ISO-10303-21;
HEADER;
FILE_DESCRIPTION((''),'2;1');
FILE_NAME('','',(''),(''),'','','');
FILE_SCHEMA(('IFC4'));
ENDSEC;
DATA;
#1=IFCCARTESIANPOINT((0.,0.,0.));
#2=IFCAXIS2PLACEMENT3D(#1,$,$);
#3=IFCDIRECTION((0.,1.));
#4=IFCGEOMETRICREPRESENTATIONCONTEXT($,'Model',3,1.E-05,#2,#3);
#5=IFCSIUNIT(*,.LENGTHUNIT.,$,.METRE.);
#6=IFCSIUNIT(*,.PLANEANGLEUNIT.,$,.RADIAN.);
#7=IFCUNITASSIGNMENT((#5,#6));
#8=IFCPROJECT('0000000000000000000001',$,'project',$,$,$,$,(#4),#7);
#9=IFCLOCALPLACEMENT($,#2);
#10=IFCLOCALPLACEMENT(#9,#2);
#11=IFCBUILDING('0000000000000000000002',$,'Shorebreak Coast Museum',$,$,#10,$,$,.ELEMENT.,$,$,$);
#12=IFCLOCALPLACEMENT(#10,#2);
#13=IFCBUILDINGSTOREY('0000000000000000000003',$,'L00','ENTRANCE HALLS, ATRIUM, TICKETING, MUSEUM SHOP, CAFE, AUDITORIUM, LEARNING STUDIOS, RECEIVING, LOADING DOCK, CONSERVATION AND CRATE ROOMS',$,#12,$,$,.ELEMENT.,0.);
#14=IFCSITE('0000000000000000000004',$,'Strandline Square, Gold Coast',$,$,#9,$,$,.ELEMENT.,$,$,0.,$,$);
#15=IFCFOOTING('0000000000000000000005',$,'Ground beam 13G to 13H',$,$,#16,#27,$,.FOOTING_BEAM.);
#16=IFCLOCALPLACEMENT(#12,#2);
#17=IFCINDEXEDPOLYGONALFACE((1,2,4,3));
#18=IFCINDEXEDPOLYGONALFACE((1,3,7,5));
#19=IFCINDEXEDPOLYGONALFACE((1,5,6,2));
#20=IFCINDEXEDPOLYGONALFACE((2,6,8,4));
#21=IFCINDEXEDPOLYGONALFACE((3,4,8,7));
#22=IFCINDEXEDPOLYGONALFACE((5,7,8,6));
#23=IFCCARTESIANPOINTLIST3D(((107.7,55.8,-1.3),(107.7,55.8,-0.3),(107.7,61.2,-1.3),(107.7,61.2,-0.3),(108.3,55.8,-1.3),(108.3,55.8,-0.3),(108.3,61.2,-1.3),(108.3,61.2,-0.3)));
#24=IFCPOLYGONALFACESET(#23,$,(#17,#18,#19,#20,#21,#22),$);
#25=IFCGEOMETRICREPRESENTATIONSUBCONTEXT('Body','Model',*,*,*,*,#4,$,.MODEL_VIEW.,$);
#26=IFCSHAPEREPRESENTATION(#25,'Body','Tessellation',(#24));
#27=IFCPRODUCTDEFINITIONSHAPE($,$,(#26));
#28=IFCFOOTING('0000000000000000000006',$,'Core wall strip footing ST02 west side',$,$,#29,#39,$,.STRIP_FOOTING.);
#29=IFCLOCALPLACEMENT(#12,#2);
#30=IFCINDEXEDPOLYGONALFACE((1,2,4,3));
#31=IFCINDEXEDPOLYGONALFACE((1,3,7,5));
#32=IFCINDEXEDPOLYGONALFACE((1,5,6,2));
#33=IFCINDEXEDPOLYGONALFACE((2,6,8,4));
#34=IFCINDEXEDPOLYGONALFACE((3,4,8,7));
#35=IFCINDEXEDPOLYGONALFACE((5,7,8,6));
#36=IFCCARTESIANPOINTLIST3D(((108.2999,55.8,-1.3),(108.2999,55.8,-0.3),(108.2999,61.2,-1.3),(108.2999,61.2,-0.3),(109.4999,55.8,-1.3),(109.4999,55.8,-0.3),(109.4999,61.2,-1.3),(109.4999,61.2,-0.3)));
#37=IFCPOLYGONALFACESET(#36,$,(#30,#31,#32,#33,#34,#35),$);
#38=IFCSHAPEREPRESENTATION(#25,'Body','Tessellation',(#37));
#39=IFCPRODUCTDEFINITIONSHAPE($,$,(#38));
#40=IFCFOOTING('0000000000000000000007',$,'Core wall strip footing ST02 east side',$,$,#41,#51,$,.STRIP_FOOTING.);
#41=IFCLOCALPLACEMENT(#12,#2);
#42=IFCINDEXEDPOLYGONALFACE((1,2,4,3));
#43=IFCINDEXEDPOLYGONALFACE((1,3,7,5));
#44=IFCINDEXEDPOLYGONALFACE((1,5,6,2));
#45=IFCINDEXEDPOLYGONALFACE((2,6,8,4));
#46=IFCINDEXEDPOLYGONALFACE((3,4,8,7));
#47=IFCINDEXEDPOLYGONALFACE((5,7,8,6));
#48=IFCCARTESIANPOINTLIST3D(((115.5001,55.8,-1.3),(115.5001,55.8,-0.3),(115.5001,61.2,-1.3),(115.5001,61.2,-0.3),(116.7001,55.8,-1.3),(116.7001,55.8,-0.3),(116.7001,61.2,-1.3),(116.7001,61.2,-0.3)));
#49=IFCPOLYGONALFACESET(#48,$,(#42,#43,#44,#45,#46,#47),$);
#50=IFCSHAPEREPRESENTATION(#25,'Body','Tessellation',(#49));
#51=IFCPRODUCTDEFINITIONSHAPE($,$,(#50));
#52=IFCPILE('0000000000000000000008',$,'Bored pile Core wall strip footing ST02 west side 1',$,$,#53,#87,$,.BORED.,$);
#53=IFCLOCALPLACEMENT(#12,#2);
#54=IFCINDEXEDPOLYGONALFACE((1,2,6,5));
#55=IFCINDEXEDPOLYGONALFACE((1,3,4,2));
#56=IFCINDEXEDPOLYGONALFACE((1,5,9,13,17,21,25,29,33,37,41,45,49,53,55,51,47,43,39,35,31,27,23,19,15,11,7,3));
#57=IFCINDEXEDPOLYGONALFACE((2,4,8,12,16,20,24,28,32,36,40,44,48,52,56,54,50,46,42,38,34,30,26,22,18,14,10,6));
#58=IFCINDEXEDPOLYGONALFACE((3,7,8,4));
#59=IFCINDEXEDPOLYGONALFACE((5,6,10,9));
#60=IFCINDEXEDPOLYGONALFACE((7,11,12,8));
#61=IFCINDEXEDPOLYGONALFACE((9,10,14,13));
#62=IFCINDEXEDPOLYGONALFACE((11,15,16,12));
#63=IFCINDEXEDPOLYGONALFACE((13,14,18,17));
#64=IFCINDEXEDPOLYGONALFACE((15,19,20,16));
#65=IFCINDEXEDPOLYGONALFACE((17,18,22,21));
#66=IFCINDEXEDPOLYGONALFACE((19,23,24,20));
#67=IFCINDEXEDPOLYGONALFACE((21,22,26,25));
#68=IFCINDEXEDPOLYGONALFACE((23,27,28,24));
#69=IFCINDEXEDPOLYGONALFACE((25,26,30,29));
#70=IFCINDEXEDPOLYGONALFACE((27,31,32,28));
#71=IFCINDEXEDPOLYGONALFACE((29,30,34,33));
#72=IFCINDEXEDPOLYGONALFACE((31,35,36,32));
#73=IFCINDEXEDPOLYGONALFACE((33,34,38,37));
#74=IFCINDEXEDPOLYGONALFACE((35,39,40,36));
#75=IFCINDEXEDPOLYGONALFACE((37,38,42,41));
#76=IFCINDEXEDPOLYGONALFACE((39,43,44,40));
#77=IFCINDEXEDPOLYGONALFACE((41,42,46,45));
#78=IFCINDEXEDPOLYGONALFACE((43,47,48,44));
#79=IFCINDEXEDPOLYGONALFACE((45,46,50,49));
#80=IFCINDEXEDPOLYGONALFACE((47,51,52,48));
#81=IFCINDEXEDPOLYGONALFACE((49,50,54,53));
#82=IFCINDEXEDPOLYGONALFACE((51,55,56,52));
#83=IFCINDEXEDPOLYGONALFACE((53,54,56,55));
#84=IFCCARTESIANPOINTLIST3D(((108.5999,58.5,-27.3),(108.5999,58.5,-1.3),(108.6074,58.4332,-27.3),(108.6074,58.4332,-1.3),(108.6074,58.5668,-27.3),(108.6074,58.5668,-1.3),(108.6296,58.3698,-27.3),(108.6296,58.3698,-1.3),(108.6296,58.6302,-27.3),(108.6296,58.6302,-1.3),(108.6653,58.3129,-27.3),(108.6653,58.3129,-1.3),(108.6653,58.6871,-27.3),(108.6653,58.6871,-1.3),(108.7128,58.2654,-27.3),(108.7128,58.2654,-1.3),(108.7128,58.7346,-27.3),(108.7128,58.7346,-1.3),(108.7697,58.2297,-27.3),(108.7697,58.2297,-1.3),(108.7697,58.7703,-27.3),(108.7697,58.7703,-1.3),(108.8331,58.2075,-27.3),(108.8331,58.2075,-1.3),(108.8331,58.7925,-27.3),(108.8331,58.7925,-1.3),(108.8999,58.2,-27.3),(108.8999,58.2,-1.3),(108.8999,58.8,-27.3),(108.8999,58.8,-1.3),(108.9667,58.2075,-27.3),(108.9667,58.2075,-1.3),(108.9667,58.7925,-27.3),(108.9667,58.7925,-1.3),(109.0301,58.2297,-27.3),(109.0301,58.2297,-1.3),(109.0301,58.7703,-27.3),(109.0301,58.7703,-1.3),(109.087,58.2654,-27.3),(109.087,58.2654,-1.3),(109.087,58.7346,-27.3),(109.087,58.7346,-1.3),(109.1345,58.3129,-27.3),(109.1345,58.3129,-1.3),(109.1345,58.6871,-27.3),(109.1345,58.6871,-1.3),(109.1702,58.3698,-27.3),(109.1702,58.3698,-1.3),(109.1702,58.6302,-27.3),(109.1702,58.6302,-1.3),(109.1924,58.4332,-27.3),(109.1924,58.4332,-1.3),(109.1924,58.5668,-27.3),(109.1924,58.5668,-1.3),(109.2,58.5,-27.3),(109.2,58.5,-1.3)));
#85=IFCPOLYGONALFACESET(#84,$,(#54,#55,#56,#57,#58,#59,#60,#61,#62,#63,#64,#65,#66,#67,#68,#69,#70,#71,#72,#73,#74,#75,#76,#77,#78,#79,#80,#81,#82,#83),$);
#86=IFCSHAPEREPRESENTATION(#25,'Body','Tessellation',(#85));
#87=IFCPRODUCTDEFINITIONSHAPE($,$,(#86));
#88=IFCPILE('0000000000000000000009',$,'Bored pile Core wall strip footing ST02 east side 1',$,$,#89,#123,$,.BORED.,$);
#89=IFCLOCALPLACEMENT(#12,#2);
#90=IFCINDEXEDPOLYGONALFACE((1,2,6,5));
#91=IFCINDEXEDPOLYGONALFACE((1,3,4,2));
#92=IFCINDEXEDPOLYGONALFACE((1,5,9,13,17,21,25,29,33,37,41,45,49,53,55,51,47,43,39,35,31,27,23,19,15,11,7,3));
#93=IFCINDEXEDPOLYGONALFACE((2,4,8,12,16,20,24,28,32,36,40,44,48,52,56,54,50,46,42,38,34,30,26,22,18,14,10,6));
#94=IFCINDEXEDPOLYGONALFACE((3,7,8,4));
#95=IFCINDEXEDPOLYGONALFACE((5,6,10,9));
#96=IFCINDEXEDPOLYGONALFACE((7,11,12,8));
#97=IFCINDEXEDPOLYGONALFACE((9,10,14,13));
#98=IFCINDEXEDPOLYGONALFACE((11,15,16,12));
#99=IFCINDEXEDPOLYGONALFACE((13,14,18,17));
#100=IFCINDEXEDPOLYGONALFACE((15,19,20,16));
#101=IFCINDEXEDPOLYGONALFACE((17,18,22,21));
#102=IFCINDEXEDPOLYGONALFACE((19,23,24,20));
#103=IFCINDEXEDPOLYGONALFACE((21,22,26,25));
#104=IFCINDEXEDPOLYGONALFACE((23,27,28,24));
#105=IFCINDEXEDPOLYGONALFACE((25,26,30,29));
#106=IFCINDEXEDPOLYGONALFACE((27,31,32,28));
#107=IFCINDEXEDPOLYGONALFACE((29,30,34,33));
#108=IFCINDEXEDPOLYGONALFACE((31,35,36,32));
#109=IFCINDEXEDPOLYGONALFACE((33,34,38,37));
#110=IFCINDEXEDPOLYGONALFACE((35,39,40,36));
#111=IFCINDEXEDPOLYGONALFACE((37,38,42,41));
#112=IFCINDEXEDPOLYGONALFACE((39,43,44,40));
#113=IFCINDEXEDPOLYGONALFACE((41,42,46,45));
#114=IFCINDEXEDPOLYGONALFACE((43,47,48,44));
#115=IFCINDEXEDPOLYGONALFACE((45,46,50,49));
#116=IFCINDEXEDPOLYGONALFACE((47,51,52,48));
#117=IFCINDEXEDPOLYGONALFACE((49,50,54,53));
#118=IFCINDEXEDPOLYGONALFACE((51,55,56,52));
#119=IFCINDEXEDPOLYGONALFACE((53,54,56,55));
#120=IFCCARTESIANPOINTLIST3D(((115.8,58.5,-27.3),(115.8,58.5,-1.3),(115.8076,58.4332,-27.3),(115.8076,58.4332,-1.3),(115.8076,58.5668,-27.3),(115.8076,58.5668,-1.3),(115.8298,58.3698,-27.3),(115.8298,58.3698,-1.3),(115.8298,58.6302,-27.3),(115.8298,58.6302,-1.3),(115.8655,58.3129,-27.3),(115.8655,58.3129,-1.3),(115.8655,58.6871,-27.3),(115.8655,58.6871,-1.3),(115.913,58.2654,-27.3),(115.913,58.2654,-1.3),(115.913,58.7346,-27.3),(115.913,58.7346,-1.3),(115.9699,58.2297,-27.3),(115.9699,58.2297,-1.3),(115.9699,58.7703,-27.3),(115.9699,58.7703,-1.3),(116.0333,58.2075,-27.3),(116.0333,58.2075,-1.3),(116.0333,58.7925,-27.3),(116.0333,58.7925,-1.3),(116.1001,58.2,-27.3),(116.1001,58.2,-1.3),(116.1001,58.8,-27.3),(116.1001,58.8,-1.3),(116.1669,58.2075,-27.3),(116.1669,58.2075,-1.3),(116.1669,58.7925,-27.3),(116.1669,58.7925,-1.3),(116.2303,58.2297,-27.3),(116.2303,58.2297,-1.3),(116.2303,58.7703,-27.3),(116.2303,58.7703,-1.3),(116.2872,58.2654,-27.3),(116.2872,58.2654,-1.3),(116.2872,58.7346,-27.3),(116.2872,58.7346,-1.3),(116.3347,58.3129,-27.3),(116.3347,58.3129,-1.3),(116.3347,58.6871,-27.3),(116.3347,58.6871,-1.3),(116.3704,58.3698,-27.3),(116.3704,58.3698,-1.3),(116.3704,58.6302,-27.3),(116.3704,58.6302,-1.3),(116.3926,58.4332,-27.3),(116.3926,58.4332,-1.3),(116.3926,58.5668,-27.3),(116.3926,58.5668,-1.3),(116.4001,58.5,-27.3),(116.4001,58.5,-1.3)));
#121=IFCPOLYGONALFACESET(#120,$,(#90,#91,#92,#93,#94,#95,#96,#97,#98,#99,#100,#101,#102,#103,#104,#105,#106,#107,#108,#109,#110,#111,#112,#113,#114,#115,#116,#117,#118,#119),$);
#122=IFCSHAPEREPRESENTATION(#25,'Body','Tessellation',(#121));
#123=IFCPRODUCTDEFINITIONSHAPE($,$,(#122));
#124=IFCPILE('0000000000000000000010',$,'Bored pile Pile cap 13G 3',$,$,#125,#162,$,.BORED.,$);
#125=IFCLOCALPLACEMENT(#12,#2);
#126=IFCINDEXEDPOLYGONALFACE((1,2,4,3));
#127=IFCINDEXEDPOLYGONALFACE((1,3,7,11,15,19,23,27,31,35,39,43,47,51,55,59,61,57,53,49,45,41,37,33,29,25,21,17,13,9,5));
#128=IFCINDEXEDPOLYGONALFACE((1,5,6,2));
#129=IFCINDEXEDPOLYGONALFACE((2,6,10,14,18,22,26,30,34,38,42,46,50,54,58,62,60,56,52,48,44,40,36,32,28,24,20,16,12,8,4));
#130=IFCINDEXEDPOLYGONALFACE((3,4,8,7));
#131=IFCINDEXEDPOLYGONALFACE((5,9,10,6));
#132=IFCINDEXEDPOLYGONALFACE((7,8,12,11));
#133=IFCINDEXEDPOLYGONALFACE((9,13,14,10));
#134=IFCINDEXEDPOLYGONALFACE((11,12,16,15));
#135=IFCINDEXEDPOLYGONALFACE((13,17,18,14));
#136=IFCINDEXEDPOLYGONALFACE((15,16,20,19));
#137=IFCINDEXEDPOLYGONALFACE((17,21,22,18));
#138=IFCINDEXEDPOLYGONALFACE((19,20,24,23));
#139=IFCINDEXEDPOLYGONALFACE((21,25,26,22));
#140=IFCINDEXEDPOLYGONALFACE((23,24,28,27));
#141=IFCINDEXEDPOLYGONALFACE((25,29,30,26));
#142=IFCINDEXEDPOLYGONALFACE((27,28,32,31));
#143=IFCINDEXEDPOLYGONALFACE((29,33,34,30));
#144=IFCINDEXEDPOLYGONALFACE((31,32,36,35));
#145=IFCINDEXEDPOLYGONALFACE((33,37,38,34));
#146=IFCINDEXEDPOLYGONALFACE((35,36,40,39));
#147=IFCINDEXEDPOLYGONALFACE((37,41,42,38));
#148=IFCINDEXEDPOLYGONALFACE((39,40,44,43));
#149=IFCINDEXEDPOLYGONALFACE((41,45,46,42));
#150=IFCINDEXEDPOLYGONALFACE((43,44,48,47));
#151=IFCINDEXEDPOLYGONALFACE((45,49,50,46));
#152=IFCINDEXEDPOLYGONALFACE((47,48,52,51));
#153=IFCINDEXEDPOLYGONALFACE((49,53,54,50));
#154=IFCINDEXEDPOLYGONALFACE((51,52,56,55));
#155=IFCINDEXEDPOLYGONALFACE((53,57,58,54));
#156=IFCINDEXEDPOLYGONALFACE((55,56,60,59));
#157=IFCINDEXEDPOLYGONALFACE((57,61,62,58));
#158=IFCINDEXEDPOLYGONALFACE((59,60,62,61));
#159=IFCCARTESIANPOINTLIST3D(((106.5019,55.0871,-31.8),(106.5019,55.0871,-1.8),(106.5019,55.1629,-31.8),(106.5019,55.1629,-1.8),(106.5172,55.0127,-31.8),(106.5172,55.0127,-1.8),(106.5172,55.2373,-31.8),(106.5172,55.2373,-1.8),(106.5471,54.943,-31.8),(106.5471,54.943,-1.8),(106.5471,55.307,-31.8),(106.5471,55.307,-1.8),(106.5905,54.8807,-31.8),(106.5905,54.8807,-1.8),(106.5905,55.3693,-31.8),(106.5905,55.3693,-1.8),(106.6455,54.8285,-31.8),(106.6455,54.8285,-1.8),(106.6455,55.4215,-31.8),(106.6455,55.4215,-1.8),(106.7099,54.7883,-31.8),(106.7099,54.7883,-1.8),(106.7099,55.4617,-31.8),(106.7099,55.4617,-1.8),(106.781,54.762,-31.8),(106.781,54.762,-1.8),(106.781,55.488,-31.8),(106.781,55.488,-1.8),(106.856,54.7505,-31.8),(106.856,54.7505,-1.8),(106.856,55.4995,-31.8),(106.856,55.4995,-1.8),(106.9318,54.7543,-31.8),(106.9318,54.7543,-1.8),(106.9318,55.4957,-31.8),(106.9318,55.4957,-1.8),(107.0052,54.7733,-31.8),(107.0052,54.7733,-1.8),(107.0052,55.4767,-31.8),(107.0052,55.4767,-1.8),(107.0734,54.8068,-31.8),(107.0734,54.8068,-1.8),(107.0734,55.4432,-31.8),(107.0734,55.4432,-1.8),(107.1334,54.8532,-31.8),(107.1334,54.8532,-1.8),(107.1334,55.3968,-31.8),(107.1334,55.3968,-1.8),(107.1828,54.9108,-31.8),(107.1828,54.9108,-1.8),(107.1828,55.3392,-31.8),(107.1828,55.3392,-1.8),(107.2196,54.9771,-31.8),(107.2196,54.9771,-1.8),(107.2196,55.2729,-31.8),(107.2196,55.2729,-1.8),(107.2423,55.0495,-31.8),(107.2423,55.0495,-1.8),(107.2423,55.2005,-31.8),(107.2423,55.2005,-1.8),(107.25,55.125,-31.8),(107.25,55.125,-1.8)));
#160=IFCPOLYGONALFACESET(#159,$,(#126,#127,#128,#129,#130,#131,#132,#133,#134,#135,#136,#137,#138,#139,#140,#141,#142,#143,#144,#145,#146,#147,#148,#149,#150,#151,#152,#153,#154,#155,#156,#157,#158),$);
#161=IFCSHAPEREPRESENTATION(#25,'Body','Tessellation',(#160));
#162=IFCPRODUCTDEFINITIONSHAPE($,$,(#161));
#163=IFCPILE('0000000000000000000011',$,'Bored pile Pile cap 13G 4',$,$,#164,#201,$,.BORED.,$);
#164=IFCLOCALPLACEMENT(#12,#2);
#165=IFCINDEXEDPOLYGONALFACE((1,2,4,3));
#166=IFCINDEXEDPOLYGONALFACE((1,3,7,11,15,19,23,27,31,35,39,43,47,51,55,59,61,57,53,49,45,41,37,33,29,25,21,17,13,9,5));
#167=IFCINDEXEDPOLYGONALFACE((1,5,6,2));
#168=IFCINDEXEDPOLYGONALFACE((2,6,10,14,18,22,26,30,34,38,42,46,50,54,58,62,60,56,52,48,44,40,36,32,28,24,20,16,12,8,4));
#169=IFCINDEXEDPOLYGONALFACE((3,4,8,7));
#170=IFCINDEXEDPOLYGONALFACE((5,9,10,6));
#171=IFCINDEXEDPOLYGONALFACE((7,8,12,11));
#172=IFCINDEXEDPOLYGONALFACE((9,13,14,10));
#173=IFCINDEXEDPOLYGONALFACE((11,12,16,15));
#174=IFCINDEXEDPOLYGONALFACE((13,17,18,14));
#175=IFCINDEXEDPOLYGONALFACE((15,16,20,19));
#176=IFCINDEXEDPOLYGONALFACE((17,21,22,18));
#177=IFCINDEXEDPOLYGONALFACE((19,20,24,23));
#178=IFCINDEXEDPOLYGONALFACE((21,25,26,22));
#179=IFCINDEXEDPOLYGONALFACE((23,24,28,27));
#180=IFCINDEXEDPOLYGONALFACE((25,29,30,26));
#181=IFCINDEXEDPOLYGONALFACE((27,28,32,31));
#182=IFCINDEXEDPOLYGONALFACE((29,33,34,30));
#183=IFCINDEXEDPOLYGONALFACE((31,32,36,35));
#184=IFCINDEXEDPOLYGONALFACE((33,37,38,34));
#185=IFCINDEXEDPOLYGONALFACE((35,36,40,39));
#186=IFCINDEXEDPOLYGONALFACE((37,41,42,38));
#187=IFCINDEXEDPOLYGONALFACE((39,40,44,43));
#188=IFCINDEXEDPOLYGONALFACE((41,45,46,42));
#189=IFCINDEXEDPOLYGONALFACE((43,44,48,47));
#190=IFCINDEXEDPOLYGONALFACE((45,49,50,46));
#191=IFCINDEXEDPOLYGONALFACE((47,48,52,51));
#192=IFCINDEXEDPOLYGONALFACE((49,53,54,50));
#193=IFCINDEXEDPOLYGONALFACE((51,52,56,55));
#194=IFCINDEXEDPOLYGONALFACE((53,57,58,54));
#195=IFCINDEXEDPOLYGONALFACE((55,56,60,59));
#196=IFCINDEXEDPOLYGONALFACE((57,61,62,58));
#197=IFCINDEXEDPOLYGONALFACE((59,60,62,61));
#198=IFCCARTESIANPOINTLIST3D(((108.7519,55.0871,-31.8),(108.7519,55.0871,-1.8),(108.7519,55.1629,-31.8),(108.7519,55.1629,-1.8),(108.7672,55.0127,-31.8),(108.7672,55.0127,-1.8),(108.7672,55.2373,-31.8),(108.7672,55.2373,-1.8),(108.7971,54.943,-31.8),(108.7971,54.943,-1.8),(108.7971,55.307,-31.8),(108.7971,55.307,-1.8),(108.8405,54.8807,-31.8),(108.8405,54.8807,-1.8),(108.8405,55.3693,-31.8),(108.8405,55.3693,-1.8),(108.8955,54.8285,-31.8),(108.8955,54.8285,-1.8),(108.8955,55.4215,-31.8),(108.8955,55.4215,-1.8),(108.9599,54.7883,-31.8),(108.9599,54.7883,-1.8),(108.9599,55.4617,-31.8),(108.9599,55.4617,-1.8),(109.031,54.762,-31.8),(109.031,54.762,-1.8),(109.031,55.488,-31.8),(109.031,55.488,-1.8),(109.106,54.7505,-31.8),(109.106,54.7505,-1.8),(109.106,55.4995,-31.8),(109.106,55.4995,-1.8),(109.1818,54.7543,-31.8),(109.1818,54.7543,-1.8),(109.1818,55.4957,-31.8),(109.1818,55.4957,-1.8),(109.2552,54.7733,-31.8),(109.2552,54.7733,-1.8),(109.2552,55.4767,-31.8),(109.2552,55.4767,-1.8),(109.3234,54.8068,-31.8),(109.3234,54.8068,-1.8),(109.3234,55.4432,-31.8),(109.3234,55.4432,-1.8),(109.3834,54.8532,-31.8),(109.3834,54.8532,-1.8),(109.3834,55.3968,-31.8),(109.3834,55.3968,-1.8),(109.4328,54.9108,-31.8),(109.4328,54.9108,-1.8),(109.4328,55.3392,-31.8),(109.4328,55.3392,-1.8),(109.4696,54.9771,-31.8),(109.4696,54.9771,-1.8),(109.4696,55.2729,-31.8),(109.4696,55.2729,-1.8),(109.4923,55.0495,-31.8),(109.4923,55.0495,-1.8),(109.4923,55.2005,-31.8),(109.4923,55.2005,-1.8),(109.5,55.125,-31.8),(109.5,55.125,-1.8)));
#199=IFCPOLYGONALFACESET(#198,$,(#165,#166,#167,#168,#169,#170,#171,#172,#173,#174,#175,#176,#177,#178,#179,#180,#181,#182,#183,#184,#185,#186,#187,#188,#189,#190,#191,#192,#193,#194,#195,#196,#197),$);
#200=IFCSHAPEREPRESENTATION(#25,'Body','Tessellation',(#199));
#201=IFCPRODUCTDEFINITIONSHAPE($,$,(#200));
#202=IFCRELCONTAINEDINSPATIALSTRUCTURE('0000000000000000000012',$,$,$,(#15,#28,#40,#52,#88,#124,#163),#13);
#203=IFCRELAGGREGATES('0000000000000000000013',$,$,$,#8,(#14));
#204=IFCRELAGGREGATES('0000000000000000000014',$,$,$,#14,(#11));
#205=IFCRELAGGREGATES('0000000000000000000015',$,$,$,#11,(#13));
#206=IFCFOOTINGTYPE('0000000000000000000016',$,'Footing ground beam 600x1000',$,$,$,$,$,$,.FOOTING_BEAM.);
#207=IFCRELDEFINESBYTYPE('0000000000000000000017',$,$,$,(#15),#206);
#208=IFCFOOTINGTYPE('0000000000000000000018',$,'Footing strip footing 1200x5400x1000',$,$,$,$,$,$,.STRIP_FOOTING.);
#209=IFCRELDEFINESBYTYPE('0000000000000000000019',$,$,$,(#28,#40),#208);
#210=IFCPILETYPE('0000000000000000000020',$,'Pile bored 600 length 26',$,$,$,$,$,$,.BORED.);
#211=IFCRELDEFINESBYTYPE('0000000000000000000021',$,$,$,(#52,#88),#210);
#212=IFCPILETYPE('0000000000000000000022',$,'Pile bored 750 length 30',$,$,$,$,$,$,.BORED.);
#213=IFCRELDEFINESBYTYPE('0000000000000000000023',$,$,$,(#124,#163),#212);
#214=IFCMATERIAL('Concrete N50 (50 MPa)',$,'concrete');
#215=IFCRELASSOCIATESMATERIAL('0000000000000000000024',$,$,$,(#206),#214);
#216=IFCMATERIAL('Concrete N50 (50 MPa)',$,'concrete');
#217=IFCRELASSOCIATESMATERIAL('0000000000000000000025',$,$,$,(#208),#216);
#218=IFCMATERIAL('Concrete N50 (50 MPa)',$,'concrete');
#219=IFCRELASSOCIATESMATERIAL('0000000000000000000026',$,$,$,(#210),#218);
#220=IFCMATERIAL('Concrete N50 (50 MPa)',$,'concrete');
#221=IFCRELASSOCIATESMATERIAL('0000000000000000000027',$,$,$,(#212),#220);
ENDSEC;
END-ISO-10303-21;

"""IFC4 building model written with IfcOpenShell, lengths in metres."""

from ifc_helpers import new_model, si_unit, direction, frame, origin, origin_2d, place, context, subcontext, project, spatial, rectangle, circle, extrude, material, material_profile, profile_set, type_object, element, save


model = new_model("IFC4")

# Units and contexts
model_context = context("Model", 3, precision=1e-05, world=origin(), true_north=direction((0.0, 1.0)))
body_context = subcontext(model_context, "Body", "Model", "MODEL_VIEW")
ifc_project = project(units=[si_unit("LENGTHUNIT", "METRE"), si_unit("PLANEANGLEUNIT", "RADIAN")], contexts=[model_context])

# Site, building, storey
site_placement = place(None, origin())
site = spatial("IfcSite", under=ifc_project, at=site_placement, Name="Strandline Square, Gold Coast", CompositionType="ELEMENT", RefElevation=0.0)
building_placement = place(site_placement, origin())
building = spatial("IfcBuilding", under=site, at=building_placement, Name="Shorebreak Coast Museum", CompositionType="ELEMENT")
storey_placement = place(building_placement, origin())
storey = spatial("IfcBuildingStorey", under=building, at=storey_placement, Name="L00", Description="ENTRANCE HALLS, ATRIUM, TICKETING, MUSEUM SHOP, CAFE, AUDITORIUM, LEARNING STUDIOS, RECEIVING, LOADING DOCK, CONSERVATION AND CRATE ROOMS", CompositionType="ELEMENT", Elevation=0.0)

# Footings
ifc_material_1 = material(Name="Concrete N50 (50 MPa)", Category="concrete")
footing_type_1 = type_object("IfcFootingType", Name="Footing ground beam 600x1000", PredefinedType="FOOTING_BEAM", material=ifc_material_1)
footing_placement = place(storey_placement, frame((108.0, 58.5, -1.3), z_axis=(0.0, 0.0, 1.0), x_axis=(1.0, 0.0, 0.0)))
element("IfcFooting", 1, at=footing_placement, inside=storey, type_object=footing_type_1, Name="Ground beam 13G to 13H", PredefinedType="FOOTING_BEAM", context=body_context, shape_type="SweptSolid", body=[
    extrude(rectangle(XDim=0.6001, YDim=5.3999, at=origin_2d()), origin(), (0.0, 0.0, 1.0), 1.0),
])
ifc_material_2 = material(Name="Concrete N50 (50 MPa)", Category="concrete")
footing_type_2 = type_object("IfcFootingType", Name="Footing strip footing 1200x5400x1000", PredefinedType="STRIP_FOOTING", material=ifc_material_2)
for number, where, z_axis, x_axis, name in (
    (2, (108.8999, 58.5, -1.3), (0.0, 0.0, 1.0), (1.0, 0.0, 0.0), "Core wall strip footing ST02 west side"),
    (3, (116.1001, 58.5, -1.3), (0.0, 0.0, 1.0), (1.0, 0.0, 0.0), "Core wall strip footing ST02 east side"),
):
    element("IfcFooting", number, at=place(storey_placement, frame(where, z_axis=z_axis, x_axis=x_axis)), inside=storey, type_object=footing_type_2, Name=name, PredefinedType="STRIP_FOOTING", context=body_context, shape_type="SweptSolid", body=[
        extrude(rectangle(XDim=1.2, YDim=5.3999, at=origin_2d()), origin(), (0.0, 0.0, 1.0), 1.0),
    ])

# Piles
ifc_material_3 = material(Name="Concrete N50 (50 MPa)", Category="concrete")
ifc_material_profile_1 = material_profile(ifc_material_3, circle(Radius=0.3, at=origin_2d()), Name="Pile bored 600 length 26")
ifc_profile_set_1 = profile_set([ifc_material_profile_1], Name="Concrete N50 (50 MPa)")
pile_type_1 = type_object("IfcPileType", Name="Pile bored 600 length 26", PredefinedType="BORED", material=ifc_profile_set_1)
for number, where, z_axis, x_axis, name in (
    (4, (108.8999, 58.5, -1.3), (0.0, 0.0, -1.0), (1.0, 0.0, 0.0), "Bored pile Core wall strip footing ST02 west side 1"),
    (5, (116.1001, 58.5, -1.3), (0.0, 0.0, -1.0), (1.0, 0.0, 0.0), "Bored pile Core wall strip footing ST02 east side 1"),
):
    element("IfcPile", number, at=place(storey_placement, frame(where, z_axis=z_axis, x_axis=x_axis)), inside=storey, type_object=pile_type_1, Name=name, PredefinedType="BORED", context=body_context, shape_type="SweptSolid", body=[
        extrude(circle(Radius=0.3, at=origin_2d()), origin(), (0.0, 0.0, 1.0), 26.0),
    ])
ifc_material_4 = material(Name="Concrete N50 (50 MPa)", Category="concrete")
ifc_material_profile_2 = material_profile(ifc_material_4, circle(Radius=0.375, at=origin_2d()), Name="Pile bored 750 length 30")
ifc_profile_set_2 = profile_set([ifc_material_profile_2], Name="Concrete N50 (50 MPa)")
pile_type_2 = type_object("IfcPileType", Name="Pile bored 750 length 30", PredefinedType="BORED", material=ifc_profile_set_2)
for number, where, z_axis, x_axis, name in (
    (6, (106.875, 55.125, -1.8), (0.0, 0.0, -1.0), (1.0, 0.0, 0.0), "Bored pile Pile cap 13G 3"),
    (7, (109.125, 55.125, -1.8), (0.0, 0.0, -1.0), (1.0, 0.0, 0.0), "Bored pile Pile cap 13G 4"),
):
    element("IfcPile", number, at=place(storey_placement, frame(where, z_axis=z_axis, x_axis=x_axis)), inside=storey, type_object=pile_type_2, Name=name, PredefinedType="BORED", context=body_context, shape_type="SweptSolid", body=[
        extrude(circle(Radius=0.375, at=origin_2d()), origin(), (0.0, 0.0, 1.0), 30.0),
    ])

save(model, "model.ifc")
